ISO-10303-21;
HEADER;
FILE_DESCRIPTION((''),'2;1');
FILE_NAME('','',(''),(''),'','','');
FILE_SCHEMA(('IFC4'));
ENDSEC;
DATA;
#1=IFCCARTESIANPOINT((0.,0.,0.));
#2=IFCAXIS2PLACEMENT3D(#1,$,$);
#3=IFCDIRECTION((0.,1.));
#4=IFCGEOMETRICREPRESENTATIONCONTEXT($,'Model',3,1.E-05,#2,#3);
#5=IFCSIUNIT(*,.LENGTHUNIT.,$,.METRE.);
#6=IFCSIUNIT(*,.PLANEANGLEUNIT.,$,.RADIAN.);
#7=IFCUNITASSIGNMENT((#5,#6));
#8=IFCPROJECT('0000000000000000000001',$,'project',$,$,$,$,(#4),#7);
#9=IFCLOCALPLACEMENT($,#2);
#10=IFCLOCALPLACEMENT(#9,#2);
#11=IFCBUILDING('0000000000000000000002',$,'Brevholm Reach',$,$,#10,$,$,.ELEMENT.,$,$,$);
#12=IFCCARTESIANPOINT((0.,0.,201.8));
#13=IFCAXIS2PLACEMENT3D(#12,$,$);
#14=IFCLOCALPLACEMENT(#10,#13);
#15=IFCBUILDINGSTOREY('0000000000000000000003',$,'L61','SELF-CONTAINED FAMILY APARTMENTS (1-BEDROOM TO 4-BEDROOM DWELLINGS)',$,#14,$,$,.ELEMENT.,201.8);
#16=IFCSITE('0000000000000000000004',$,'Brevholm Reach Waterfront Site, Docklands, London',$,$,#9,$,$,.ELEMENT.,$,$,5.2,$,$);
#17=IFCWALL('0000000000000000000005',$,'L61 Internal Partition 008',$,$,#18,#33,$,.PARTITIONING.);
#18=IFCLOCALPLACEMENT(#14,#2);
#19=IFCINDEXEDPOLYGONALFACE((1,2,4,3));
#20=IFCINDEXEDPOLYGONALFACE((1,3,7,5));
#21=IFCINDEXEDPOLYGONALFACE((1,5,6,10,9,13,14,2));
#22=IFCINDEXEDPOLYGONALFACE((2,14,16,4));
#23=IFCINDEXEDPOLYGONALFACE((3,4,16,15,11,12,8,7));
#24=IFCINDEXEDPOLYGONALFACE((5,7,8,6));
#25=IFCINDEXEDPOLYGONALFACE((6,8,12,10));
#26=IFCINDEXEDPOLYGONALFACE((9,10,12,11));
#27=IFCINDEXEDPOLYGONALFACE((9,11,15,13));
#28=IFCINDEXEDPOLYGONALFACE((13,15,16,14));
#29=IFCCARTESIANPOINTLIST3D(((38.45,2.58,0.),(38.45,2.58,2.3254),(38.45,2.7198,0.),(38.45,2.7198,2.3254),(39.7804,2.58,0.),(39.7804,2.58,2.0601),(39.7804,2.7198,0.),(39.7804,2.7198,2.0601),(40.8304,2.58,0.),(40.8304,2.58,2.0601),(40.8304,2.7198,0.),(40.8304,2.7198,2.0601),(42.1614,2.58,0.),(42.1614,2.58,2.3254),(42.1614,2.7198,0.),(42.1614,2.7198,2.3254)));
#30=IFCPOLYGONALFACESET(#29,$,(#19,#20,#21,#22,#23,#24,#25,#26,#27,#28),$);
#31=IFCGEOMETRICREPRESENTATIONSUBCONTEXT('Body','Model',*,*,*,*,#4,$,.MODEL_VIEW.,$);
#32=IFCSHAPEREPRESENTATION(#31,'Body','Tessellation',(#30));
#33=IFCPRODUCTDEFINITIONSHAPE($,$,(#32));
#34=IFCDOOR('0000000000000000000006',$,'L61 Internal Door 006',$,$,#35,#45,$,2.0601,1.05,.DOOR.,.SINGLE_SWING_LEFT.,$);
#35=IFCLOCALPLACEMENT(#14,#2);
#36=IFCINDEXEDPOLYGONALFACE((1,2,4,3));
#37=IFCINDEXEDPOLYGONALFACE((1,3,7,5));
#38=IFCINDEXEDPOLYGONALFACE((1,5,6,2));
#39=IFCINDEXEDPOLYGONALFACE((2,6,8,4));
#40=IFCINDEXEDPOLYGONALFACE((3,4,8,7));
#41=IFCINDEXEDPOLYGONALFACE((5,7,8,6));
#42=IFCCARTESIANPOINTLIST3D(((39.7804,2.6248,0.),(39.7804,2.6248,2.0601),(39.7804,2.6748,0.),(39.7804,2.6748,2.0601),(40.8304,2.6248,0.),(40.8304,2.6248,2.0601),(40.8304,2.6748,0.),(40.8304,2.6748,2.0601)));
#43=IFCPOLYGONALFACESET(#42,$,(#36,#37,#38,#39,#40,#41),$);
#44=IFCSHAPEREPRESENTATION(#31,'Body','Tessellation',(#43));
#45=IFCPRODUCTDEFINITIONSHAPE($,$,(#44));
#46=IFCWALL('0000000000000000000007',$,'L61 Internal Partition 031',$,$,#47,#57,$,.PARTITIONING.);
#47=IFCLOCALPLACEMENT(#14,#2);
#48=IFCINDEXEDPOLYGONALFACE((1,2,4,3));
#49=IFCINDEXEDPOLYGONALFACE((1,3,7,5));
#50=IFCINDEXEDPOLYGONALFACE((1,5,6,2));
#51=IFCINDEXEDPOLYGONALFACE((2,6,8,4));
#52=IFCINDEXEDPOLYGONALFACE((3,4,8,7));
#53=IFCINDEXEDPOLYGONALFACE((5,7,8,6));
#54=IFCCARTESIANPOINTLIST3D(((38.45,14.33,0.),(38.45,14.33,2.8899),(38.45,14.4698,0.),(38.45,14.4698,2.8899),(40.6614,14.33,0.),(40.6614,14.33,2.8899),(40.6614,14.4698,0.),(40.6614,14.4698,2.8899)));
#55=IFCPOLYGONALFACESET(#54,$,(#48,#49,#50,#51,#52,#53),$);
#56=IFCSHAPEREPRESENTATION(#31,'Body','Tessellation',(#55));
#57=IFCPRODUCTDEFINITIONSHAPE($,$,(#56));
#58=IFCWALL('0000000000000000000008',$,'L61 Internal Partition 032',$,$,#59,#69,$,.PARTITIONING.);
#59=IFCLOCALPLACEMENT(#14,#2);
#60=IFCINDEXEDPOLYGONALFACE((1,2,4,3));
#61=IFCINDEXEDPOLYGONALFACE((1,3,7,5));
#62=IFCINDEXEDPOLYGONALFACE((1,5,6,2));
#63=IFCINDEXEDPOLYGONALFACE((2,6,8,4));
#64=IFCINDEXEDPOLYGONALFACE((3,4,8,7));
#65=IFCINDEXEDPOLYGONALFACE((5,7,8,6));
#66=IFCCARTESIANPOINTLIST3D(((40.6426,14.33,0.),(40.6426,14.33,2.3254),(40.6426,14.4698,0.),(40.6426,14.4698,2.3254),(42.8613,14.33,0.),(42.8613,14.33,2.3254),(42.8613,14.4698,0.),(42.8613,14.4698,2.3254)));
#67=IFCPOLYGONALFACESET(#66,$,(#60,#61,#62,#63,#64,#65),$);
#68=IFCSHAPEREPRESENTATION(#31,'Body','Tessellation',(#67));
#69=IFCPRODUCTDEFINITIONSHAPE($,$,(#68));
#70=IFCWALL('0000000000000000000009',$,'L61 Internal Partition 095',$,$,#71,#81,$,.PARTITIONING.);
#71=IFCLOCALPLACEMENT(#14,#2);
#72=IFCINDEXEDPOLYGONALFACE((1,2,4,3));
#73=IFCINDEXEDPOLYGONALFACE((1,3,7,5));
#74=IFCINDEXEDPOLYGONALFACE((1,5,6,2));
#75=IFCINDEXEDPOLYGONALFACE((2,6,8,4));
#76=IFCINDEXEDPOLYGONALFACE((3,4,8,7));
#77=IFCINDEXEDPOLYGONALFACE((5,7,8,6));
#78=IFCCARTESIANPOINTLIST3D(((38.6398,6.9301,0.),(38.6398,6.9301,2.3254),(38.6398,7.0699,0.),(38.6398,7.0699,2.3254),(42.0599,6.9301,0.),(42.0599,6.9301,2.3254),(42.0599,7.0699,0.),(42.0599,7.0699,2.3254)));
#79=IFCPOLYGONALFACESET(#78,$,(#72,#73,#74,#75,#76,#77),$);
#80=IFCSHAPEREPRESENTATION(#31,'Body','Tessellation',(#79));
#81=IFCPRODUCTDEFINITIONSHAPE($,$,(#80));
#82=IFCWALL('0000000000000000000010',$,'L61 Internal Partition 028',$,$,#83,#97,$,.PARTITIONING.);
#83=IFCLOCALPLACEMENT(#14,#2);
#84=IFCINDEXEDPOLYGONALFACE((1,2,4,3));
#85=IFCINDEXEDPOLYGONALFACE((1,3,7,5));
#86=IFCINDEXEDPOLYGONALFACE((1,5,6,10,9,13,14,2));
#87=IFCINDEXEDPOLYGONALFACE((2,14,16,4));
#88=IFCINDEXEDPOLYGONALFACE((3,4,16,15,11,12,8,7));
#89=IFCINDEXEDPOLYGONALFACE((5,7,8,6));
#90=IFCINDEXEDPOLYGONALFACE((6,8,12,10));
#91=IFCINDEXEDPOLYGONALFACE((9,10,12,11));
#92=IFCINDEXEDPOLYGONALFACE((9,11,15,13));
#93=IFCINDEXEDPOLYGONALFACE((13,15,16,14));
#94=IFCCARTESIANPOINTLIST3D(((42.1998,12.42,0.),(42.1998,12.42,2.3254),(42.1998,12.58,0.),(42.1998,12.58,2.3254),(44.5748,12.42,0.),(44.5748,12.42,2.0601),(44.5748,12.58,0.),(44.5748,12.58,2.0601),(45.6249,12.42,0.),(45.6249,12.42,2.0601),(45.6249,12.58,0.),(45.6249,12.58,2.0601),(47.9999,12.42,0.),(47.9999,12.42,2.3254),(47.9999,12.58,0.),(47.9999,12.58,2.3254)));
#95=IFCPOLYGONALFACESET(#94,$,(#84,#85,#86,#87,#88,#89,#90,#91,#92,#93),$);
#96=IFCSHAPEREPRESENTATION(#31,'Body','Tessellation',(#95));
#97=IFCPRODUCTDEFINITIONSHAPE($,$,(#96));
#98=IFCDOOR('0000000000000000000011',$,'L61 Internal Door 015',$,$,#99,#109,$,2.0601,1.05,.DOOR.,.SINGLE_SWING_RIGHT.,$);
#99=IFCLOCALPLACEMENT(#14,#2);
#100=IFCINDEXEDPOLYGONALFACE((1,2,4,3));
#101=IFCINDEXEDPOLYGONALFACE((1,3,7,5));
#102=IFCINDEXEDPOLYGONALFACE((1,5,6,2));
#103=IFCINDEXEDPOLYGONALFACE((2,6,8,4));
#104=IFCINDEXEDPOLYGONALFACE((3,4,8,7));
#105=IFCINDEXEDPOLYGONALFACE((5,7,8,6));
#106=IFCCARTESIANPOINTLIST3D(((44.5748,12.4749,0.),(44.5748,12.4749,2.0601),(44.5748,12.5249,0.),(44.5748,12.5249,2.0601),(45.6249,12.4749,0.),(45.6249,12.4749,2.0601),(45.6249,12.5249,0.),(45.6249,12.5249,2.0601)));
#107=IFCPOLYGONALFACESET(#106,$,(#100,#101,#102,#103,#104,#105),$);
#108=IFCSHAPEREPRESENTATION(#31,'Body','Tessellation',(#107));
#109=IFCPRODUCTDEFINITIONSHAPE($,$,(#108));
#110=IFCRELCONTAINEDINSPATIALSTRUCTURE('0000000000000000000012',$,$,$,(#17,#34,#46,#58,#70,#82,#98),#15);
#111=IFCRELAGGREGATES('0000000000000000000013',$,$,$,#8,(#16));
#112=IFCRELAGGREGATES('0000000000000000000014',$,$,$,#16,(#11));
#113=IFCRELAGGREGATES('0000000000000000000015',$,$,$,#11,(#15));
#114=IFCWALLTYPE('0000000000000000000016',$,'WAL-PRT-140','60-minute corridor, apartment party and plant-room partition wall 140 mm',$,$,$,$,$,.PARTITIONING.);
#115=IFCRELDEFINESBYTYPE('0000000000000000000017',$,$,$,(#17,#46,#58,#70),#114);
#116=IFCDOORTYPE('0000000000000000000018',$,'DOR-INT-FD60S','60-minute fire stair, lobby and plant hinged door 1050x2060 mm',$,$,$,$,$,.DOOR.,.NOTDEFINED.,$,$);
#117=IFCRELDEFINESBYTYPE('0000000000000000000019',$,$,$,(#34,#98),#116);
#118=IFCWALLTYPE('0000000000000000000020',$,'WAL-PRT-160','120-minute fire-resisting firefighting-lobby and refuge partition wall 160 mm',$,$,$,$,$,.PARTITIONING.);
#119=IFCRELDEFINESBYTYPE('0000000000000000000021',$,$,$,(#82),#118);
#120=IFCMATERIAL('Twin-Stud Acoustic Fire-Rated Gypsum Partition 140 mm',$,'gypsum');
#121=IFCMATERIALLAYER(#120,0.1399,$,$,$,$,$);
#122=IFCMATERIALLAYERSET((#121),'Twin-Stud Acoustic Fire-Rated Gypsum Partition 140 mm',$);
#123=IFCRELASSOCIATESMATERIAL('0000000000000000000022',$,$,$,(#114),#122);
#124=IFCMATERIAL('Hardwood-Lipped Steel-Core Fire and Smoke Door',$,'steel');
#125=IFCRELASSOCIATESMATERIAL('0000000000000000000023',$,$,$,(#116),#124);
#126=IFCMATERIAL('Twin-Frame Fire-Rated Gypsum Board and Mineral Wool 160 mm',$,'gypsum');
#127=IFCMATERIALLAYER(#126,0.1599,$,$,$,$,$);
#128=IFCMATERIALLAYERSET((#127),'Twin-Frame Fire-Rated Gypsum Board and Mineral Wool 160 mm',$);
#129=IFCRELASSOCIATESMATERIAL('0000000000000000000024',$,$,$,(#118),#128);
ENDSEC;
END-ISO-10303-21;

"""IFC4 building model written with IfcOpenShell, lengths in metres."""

from ifc_helpers import new_model, si_unit, direction, frame, frame_2d, origin, place, context, subcontext, project, spatial, rectangle, extrude, material, layer, layer_set, type_object, element, fill, save


model = new_model("IFC4")

# Units and contexts
model_context = context("Model", 3, precision=1e-05, world=origin(), true_north=direction((0.0, 1.0)))
body_context = subcontext(model_context, "Body", "Model", "MODEL_VIEW")
ifc_project = project(units=[si_unit("LENGTHUNIT", "METRE"), si_unit("PLANEANGLEUNIT", "RADIAN")], contexts=[model_context])

# Site, building, storey
site_placement = place(None, origin())
site = spatial("IfcSite", under=ifc_project, at=site_placement, Name="Brevholm Reach Waterfront Site, Docklands, London", CompositionType="ELEMENT", RefElevation=5.2)
building_placement = place(site_placement, origin())
building = spatial("IfcBuilding", under=site, at=building_placement, Name="Brevholm Reach", CompositionType="ELEMENT")
storey_placement = place(building_placement, frame((0.0, 0.0, 201.8)))
storey = spatial("IfcBuildingStorey", under=building, at=storey_placement, Name="L61", Description="SELF-CONTAINED FAMILY APARTMENTS (1-BEDROOM TO 4-BEDROOM DWELLINGS)", CompositionType="ELEMENT", Elevation=201.8)

# Wall, opening, door
ifc_material_1 = material(Name="Twin-Stud Acoustic Fire-Rated Gypsum Partition 140 mm", Category="gypsum")
ifc_layer_1 = layer(ifc_material_1, 0.1399)
ifc_layer_set_1 = layer_set([ifc_layer_1], Name="Twin-Stud Acoustic Fire-Rated Gypsum Partition 140 mm")
wall_type_1 = type_object("IfcWallType", Name="WAL-PRT-140", Description="60-minute corridor, apartment party and plant-room partition wall 140 mm", PredefinedType="PARTITIONING", material=ifc_layer_set_1)
wall_1_placement = place(storey_placement, frame((38.45, 2.6499, 0.0), z_axis=(0.0, 0.0, 1.0), x_axis=(1.0, 0.0, 0.0)))
wall_1 = element("IfcWall", 1, at=wall_1_placement, inside=storey, type_object=wall_type_1, Name="L61 Internal Partition 008", PredefinedType="PARTITIONING", context=body_context, shape_type="SweptSolid", body=[
    extrude(rectangle(XDim=3.7114, YDim=0.1399, at=frame_2d((1.8557, 0.0))), origin(), (0.0, 0.0, 1.0), 2.3254),
])
opening_1_placement = place(wall_1_placement, frame((1.3306, 0.0, 0.0)))
opening_1 = element("IfcOpeningElement", 2, at=opening_1_placement, cuts=wall_1, PredefinedType="OPENING", context=body_context, shape_type="SweptSolid", body=[
    extrude(rectangle(XDim=1.05, YDim=2.0601, at=frame_2d((0.5249, 1.03))), frame((0.0, 0.0798, 0.0), z_axis=(0.0, -1.0, 0.0), x_axis=(1.0, 0.0, 0.0)), (0.0, 0.0, 1.0), 0.1599),
])
ifc_material_2 = material(Name="Hardwood-Lipped Steel-Core Fire and Smoke Door", Category="steel")
door_type_1 = type_object("IfcDoorType", Name="DOR-INT-FD60S", Description="60-minute fire stair, lobby and plant hinged door 1050x2060 mm", OperationType="NOTDEFINED", PredefinedType="DOOR", material=ifc_material_2)
door_1_placement = place(opening_1_placement, origin())
door_1 = element("IfcDoor", 3, at=door_1_placement, inside=storey, type_object=door_type_1, Name="L61 Internal Door 006", OperationType="SINGLE_SWING_LEFT", OverallHeight=2.0601, OverallWidth=1.05, PredefinedType="DOOR", context=body_context, shape_type="SweptSolid", body=[
    extrude(rectangle(XDim=1.05, YDim=2.0601, at=frame_2d((0.5249, 1.03))), frame((0.0, 0.0249, 0.0), z_axis=(0.0, -1.0, 0.0), x_axis=(1.0, 0.0, 0.0)), (0.0, 0.0, 1.0), 0.05),
])
fill(opening_1, door_1)

# Walls
wall_2_placement = place(storey_placement, frame((38.45, 14.3999, 0.0), z_axis=(0.0, 0.0, 1.0), x_axis=(1.0, 0.0, 0.0)))
element("IfcWall", 4, at=wall_2_placement, inside=storey, type_object=wall_type_1, Name="L61 Internal Partition 031", PredefinedType="PARTITIONING", context=body_context, shape_type="SweptSolid", body=[
    extrude(rectangle(XDim=2.2114, YDim=0.1399, at=frame_2d((1.1057, 0.0))), origin(), (0.0, 0.0, 1.0), 2.8899),
])
wall_3_placement = place(storey_placement, frame((40.6426, 14.3999, 0.0), z_axis=(0.0, 0.0, 1.0), x_axis=(1.0, 0.0, 0.0)))
element("IfcWall", 5, at=wall_3_placement, inside=storey, type_object=wall_type_1, Name="L61 Internal Partition 032", PredefinedType="PARTITIONING", context=body_context, shape_type="SweptSolid", body=[
    extrude(rectangle(XDim=2.2188, YDim=0.1399, at=frame_2d((1.1094, 0.0))), origin(), (0.0, 0.0, 1.0), 2.3254),
])
wall_4_placement = place(storey_placement, frame((38.6399, 7.0, 0.0), z_axis=(0.0, 0.0, 1.0), x_axis=(1.0, 0.0, 0.0)))
element("IfcWall", 6, at=wall_4_placement, inside=storey, type_object=wall_type_1, Name="L61 Internal Partition 095", PredefinedType="PARTITIONING", context=body_context, shape_type="SweptSolid", body=[
    extrude(rectangle(XDim=3.4202, YDim=0.1399, at=frame_2d((1.71, 0.0))), origin(), (0.0, 0.0, 1.0), 2.3254),
])

# Wall, opening, door
ifc_material_3 = material(Name="Twin-Frame Fire-Rated Gypsum Board and Mineral Wool 160 mm", Category="gypsum")
ifc_layer_2 = layer(ifc_material_3, 0.1599)
ifc_layer_set_2 = layer_set([ifc_layer_2], Name="Twin-Frame Fire-Rated Gypsum Board and Mineral Wool 160 mm")
wall_type_2 = type_object("IfcWallType", Name="WAL-PRT-160", Description="120-minute fire-resisting firefighting-lobby and refuge partition wall 160 mm", PredefinedType="PARTITIONING", material=ifc_layer_set_2)
wall_5_placement = place(storey_placement, frame((42.2, 12.5, 0.0), z_axis=(0.0, 0.0, 1.0), x_axis=(1.0, 0.0, 0.0)))
wall_5 = element("IfcWall", 7, at=wall_5_placement, inside=storey, type_object=wall_type_2, Name="L61 Internal Partition 028", PredefinedType="PARTITIONING", context=body_context, shape_type="SweptSolid", body=[
    extrude(rectangle(XDim=5.8, YDim=0.1599, at=frame_2d((2.8999, 0.0))), origin(), (0.0, 0.0, 1.0), 2.3254),
])
opening_2_placement = place(wall_5_placement, frame((2.375, 0.0, 0.0)))
opening_2 = element("IfcOpeningElement", 8, at=opening_2_placement, cuts=wall_5, PredefinedType="OPENING", context=body_context, shape_type="SweptSolid", body=[
    extrude(rectangle(XDim=1.05, YDim=2.0601, at=frame_2d((0.5249, 1.03))), frame((0.0, 0.0898, 0.0), z_axis=(0.0, -1.0, 0.0), x_axis=(1.0, 0.0, 0.0)), (0.0, 0.0, 1.0), 0.1799),
])
door_2_placement = place(opening_2_placement, origin())
door_2 = element("IfcDoor", 9, at=door_2_placement, inside=storey, type_object=door_type_1, Name="L61 Internal Door 015", OperationType="SINGLE_SWING_RIGHT", OverallHeight=2.0601, OverallWidth=1.05, PredefinedType="DOOR", context=body_context, shape_type="SweptSolid", body=[
    extrude(rectangle(XDim=1.05, YDim=2.0601, at=frame_2d((0.5249, 1.03))), frame((0.0, 0.0249, 0.0), z_axis=(0.0, -1.0, 0.0), x_axis=(1.0, 0.0, 0.0)), (0.0, 0.0, 1.0), 0.05),
])
fill(opening_2, door_2)

save(model, "model.ifc")
